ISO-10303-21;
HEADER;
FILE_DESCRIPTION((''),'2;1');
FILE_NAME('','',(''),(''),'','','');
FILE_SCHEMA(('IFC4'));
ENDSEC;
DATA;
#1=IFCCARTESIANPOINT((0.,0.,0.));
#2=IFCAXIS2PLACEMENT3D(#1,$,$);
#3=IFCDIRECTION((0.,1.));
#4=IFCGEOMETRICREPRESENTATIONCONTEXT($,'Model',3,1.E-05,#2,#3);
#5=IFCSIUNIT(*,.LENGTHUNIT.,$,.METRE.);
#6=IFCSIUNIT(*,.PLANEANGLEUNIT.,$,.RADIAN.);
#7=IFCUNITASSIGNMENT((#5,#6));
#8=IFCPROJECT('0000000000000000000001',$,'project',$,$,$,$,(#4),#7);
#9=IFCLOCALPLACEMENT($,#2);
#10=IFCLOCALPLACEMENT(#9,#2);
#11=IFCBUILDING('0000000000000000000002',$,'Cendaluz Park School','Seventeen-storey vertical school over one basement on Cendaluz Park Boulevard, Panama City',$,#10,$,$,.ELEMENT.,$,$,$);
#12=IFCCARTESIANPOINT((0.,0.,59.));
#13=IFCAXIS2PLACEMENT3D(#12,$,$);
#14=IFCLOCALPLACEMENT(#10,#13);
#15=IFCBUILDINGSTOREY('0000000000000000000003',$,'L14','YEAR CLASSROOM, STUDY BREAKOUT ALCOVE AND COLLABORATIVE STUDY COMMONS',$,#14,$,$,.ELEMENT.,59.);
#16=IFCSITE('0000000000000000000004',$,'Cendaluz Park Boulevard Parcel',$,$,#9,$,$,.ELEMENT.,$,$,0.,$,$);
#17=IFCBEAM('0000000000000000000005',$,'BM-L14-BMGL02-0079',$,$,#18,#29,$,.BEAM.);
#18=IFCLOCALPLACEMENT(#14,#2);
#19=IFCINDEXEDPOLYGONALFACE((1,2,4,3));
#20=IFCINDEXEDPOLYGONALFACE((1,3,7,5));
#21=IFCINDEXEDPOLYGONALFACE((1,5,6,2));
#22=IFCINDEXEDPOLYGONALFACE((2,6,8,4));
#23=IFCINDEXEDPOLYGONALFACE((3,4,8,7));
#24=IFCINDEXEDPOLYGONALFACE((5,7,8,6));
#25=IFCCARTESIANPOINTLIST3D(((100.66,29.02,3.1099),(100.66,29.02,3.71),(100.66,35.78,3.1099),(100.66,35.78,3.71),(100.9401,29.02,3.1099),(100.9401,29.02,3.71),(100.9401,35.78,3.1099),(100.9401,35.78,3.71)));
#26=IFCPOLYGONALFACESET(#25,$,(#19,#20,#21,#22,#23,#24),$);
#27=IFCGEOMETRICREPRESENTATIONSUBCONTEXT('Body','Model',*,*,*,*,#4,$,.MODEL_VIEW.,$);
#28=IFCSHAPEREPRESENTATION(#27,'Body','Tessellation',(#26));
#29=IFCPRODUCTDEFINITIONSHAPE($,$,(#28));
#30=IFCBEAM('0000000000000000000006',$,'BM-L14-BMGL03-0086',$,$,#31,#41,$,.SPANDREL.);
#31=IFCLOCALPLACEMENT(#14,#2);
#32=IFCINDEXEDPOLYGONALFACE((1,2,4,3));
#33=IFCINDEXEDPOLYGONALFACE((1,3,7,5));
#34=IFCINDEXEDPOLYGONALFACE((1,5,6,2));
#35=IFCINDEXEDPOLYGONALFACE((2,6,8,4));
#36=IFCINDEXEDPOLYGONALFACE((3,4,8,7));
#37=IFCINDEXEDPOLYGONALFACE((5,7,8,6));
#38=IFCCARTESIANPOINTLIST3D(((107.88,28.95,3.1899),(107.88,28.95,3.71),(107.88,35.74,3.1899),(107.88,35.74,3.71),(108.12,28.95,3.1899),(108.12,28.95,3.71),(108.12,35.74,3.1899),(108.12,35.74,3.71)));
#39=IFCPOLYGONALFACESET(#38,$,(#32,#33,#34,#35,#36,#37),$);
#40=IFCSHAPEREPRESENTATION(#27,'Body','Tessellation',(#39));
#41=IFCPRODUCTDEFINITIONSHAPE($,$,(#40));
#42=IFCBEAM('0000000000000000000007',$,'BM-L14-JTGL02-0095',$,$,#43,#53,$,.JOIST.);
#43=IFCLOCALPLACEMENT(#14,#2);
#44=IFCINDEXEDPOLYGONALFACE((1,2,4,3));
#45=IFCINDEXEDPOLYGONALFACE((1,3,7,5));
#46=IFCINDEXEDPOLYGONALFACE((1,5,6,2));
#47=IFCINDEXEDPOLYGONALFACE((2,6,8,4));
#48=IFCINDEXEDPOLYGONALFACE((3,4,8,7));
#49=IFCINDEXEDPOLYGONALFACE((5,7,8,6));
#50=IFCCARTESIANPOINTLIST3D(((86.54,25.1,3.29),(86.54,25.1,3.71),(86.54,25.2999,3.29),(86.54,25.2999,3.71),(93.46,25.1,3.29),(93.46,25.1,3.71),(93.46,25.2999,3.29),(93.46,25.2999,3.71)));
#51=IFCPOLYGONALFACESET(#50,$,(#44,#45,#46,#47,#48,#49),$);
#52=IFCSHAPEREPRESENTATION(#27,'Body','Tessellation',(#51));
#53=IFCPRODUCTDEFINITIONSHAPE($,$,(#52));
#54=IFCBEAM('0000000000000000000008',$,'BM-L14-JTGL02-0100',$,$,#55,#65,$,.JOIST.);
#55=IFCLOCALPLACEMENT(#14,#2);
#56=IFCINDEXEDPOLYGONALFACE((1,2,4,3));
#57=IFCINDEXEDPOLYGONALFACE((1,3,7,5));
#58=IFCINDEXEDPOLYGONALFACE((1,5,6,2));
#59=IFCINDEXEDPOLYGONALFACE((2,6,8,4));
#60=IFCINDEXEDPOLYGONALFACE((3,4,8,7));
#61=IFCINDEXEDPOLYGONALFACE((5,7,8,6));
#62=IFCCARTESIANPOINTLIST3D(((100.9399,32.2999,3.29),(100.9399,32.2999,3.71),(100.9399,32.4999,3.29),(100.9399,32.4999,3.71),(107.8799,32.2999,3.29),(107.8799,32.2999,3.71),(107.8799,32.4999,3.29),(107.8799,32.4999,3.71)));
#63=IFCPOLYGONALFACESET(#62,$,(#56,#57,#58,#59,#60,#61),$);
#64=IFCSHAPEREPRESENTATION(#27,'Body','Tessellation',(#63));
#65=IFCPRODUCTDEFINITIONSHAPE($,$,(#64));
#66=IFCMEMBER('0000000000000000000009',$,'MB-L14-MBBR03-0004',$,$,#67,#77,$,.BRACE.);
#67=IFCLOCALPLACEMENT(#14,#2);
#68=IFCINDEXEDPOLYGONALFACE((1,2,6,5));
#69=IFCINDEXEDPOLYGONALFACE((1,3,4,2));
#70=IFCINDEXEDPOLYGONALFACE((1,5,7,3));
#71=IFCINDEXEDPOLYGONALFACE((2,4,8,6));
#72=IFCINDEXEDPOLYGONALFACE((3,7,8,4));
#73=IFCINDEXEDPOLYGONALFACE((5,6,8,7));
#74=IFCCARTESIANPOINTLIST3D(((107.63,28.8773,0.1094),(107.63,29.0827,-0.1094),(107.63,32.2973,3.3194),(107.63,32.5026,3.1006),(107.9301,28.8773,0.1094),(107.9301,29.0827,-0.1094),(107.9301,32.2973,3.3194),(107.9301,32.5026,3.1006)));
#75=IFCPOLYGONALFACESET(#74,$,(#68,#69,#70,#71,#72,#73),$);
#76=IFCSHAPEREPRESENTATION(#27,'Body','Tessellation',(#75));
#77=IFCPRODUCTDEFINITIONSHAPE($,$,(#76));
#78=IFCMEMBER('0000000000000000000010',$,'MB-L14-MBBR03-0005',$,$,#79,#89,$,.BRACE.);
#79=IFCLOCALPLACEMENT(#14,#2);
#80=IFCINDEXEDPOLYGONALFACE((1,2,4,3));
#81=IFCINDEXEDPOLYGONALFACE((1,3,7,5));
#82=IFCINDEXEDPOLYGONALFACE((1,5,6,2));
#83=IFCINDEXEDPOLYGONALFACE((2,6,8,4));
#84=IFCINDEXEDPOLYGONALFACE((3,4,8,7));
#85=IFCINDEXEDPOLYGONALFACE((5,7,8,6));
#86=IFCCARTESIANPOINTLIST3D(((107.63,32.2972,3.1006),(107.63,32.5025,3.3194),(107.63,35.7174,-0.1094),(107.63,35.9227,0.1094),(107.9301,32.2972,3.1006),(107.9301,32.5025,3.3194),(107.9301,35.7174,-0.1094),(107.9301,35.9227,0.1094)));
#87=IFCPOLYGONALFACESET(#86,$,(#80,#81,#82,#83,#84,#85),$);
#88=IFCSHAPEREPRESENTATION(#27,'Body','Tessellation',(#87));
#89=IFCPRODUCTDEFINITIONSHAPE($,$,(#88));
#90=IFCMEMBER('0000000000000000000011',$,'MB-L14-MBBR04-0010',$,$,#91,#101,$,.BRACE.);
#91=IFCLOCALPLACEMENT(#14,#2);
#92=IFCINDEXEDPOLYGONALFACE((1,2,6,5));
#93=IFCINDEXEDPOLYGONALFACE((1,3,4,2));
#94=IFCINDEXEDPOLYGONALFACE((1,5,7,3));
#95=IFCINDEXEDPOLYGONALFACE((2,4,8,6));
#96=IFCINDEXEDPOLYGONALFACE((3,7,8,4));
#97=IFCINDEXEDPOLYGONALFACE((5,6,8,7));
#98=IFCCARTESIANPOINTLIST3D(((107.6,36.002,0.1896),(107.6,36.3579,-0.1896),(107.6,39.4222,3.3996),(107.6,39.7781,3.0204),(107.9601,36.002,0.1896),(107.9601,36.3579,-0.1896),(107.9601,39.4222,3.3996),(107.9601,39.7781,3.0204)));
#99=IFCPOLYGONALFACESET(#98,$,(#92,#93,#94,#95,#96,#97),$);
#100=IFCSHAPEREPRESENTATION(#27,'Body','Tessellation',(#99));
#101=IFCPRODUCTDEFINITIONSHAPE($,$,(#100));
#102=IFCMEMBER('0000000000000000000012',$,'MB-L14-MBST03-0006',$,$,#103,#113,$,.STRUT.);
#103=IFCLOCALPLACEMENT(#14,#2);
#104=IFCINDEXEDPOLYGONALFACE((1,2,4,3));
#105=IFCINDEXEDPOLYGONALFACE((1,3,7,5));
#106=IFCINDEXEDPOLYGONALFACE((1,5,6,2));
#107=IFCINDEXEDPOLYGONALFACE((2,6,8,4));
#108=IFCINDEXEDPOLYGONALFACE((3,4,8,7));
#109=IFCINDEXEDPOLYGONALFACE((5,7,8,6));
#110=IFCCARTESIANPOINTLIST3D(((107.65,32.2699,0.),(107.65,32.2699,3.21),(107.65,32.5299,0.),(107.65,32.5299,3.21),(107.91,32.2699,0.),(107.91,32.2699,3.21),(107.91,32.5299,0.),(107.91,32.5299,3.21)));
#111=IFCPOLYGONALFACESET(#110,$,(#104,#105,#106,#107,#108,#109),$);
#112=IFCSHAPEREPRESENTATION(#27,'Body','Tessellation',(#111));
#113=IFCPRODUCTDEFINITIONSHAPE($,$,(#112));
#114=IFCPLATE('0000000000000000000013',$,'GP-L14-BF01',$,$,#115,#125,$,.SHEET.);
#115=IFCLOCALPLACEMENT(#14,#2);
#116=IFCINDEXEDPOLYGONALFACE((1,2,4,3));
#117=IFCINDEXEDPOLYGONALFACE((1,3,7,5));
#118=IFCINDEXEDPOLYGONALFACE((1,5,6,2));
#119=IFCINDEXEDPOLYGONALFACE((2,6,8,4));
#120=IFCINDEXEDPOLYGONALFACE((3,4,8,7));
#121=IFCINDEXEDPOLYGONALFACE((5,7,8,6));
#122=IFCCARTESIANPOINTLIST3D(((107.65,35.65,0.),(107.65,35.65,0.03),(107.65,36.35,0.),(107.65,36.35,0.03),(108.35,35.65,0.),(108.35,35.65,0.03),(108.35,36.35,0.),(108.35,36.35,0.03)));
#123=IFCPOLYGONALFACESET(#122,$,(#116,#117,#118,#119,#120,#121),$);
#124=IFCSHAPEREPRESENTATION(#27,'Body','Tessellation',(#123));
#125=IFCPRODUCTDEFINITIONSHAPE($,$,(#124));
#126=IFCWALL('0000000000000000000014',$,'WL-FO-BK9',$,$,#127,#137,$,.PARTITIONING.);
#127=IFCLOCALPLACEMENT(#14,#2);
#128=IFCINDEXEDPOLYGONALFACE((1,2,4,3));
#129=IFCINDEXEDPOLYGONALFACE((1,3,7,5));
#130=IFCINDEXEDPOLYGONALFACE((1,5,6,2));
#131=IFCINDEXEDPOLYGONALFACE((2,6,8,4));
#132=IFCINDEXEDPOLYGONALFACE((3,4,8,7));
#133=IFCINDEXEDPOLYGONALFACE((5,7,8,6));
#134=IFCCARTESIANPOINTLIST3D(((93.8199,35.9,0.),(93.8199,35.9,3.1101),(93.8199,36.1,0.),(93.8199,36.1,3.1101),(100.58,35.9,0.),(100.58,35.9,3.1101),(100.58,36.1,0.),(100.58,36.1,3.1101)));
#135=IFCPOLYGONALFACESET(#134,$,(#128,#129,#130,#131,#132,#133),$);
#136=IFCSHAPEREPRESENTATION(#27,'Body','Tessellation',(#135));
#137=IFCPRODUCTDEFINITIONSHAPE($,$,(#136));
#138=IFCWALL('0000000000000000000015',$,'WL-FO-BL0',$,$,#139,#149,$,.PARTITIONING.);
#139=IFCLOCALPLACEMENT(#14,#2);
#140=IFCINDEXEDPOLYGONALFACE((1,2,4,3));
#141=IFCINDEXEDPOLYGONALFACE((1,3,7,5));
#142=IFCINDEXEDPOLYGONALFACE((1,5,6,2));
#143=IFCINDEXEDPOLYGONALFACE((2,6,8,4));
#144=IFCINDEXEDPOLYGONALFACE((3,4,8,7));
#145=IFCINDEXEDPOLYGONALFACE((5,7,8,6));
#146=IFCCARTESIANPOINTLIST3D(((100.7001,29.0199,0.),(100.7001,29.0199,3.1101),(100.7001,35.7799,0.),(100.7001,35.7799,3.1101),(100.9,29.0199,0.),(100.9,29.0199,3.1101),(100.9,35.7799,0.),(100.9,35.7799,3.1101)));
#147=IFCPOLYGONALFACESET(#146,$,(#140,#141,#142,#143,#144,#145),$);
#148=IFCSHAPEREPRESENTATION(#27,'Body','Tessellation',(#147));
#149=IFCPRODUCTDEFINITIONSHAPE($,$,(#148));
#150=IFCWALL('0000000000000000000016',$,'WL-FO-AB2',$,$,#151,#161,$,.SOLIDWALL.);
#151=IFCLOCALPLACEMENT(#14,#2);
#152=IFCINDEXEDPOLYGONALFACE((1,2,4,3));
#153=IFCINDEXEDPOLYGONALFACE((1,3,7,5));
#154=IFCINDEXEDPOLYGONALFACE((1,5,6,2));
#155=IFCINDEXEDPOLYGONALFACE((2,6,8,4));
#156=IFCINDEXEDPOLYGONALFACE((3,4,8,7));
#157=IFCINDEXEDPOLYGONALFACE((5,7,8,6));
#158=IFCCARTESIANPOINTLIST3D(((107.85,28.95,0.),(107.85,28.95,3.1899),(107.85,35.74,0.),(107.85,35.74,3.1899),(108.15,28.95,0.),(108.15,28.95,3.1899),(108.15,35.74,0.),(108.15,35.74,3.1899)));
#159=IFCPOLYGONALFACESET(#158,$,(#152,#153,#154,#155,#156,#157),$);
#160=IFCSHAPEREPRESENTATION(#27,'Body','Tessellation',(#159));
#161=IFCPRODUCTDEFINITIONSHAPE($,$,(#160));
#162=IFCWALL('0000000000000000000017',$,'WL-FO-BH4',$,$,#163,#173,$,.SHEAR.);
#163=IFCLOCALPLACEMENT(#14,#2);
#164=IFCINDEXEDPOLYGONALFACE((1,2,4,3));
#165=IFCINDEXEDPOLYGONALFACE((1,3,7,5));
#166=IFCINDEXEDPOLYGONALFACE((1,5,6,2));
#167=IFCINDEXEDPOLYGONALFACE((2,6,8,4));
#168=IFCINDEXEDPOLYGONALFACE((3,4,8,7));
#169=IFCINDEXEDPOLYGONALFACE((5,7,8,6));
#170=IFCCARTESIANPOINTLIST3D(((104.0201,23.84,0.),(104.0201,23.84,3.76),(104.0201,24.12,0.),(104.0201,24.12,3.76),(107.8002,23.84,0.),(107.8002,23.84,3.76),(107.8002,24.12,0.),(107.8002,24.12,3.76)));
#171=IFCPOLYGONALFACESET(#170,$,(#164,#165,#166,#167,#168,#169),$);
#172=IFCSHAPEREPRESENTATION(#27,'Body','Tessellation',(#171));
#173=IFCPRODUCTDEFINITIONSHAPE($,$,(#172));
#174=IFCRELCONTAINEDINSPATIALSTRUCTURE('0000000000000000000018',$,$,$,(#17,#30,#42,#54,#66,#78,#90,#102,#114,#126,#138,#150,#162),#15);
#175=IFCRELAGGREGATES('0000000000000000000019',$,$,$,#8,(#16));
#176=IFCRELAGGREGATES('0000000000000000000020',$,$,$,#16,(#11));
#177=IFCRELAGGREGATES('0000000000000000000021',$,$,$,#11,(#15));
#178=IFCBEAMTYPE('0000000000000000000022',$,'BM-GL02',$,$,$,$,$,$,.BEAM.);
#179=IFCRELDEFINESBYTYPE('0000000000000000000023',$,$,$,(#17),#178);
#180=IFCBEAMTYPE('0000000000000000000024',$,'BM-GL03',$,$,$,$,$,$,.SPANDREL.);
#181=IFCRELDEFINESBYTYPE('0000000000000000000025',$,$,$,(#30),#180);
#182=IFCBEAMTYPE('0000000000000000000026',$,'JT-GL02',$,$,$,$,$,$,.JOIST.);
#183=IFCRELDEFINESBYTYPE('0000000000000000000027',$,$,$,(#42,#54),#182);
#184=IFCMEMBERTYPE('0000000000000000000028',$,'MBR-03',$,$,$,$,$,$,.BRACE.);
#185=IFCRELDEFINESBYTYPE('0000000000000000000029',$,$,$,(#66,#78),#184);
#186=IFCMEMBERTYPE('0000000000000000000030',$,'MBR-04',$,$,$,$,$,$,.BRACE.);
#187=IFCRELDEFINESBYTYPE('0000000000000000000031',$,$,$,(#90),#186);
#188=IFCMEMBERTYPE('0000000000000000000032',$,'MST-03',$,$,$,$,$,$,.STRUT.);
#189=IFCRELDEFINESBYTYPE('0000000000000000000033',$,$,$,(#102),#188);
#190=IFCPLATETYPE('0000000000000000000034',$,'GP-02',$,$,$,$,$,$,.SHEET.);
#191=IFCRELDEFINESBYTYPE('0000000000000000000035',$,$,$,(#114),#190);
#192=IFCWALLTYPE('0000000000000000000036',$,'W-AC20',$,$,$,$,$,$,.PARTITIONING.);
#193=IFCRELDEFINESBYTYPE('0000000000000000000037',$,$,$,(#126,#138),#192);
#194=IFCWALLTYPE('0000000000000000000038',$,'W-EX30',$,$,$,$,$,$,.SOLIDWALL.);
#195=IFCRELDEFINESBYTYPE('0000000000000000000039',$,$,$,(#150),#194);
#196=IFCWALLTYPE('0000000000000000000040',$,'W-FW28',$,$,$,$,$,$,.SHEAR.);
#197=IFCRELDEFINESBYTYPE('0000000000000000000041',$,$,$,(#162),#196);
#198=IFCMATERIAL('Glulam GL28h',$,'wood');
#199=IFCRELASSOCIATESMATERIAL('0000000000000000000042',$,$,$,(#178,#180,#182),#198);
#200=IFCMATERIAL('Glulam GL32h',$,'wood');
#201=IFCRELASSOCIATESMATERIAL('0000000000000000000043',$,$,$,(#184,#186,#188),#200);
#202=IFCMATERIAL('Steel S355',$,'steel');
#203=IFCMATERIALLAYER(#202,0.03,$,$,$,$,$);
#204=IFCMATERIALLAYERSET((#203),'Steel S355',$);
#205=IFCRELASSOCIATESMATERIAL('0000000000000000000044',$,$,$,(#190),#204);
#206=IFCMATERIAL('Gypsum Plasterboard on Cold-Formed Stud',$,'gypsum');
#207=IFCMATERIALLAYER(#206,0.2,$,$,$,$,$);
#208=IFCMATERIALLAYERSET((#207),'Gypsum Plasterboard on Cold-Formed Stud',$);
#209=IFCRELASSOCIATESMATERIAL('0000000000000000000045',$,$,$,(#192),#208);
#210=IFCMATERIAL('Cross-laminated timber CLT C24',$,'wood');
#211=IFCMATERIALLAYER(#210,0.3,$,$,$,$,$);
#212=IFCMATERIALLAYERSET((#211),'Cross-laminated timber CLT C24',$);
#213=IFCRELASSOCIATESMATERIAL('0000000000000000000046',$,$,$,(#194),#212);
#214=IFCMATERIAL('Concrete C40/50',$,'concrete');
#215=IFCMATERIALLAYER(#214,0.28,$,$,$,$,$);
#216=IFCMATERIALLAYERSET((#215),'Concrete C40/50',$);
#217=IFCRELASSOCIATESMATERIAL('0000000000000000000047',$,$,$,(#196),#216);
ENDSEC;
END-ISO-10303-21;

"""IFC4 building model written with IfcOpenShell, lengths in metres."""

from ifc_helpers import new_model, si_unit, direction, frame, frame_2d, origin, origin_2d, place, context, subcontext, project, spatial, rectangle, extrude, material, layer, layer_set, material_profile, profile_set, type_object, element, save


model = new_model("IFC4")

# Units and contexts
model_context = context("Model", 3, precision=1e-05, world=origin(), true_north=direction((0.0, 1.0)))
body_context = subcontext(model_context, "Body", "Model", "MODEL_VIEW")
ifc_project = project(units=[si_unit("LENGTHUNIT", "METRE"), si_unit("PLANEANGLEUNIT", "RADIAN")], contexts=[model_context])

# Site, building, storey
site_placement = place(None, origin())
site = spatial("IfcSite", under=ifc_project, at=site_placement, Name="Cendaluz Park Boulevard Parcel", CompositionType="ELEMENT", RefElevation=0.0)
building_placement = place(site_placement, origin())
building = spatial("IfcBuilding", under=site, at=building_placement, Name="Cendaluz Park School", Description="Seventeen-storey vertical school over one basement on Cendaluz Park Boulevard, Panama City", CompositionType="ELEMENT")
storey_placement = place(building_placement, frame((0.0, 0.0, 59.0)))
storey = spatial("IfcBuildingStorey", under=building, at=storey_placement, Name="L14", Description="YEAR CLASSROOM, STUDY BREAKOUT ALCOVE AND COLLABORATIVE STUDY COMMONS", CompositionType="ELEMENT", Elevation=59.0)

# Shared definitions
ifc_material_1 = material(Name="Glulam GL32h", Category="wood")

# Beams
ifc_material_2 = material(Name="Glulam GL28h", Category="wood")
ifc_material_profile_1 = material_profile(ifc_material_2, rectangle(XDim=0.28, YDim=0.6001, at=origin_2d()), Name="GL28h 280x600", Category="wood")
ifc_profile_set_1 = profile_set([ifc_material_profile_1], Name="Glulam GL28h")
beam_type_1 = type_object("IfcBeamType", Name="BM-GL02", PredefinedType="BEAM", material=ifc_profile_set_1)
for number, where, z_axis, x_axis, name in (
    (1, (100.8, 29.02, 3.4099), (0.0, 1.0, 0.0), (-1.0, 0.0, 0.0), "BM-L14-BMGL02-0079"),
):
    element("IfcBeam", number, at=place(storey_placement, frame(where, z_axis=z_axis, x_axis=x_axis)), inside=storey, type_object=beam_type_1, Name=name, PredefinedType="BEAM", context=body_context, shape_type="SweptSolid", body=[
        extrude(rectangle(XDim=0.28, YDim=0.6001, at=origin_2d()), origin(), (0.0, 0.0, 1.0), 6.76),
    ])
ifc_material_profile_2 = material_profile(ifc_material_2, rectangle(XDim=0.24, YDim=0.52, at=origin_2d()), Name="GL28h 240x520", Category="wood")
ifc_profile_set_2 = profile_set([ifc_material_profile_2], Name="Glulam GL28h")
beam_type_2 = type_object("IfcBeamType", Name="BM-GL03", PredefinedType="SPANDREL", material=ifc_profile_set_2)
beam_1_placement = place(storey_placement, frame((108.0, 28.95, 3.45), z_axis=(0.0, 1.0, 0.0), x_axis=(-1.0, 0.0, 0.0)))
element("IfcBeam", 2, at=beam_1_placement, inside=storey, type_object=beam_type_2, Name="BM-L14-BMGL03-0086", PredefinedType="SPANDREL", context=body_context, shape_type="SweptSolid", body=[
    extrude(rectangle(XDim=0.24, YDim=0.52, at=origin_2d()), origin(), (0.0, 0.0, 1.0), 6.79),
])
ifc_material_profile_3 = material_profile(ifc_material_2, rectangle(XDim=0.2, YDim=0.4199, at=origin_2d()), Name="GL28h 200x420", Category="wood")
ifc_profile_set_3 = profile_set([ifc_material_profile_3], Name="Glulam GL28h")
beam_type_3 = type_object("IfcBeamType", Name="JT-GL02", PredefinedType="JOIST", material=ifc_profile_set_3)
beam_2_placement = place(storey_placement, frame((86.54, 25.2, 3.5), z_axis=(1.0, 0.0, 0.0), x_axis=(0.0, 1.0, 0.0)))
element("IfcBeam", 3, at=beam_2_placement, inside=storey, type_object=beam_type_3, Name="BM-L14-JTGL02-0095", PredefinedType="JOIST", context=body_context, shape_type="SweptSolid", body=[
    extrude(rectangle(XDim=0.2, YDim=0.4199, at=origin_2d()), origin(), (0.0, 0.0, 1.0), 6.9199),
])
beam_3_placement = place(storey_placement, frame((100.9399, 32.3999, 3.5), z_axis=(1.0, 0.0, 0.0), x_axis=(0.0, 1.0, 0.0)))
element("IfcBeam", 4, at=beam_3_placement, inside=storey, type_object=beam_type_3, Name="BM-L14-JTGL02-0100", PredefinedType="JOIST", context=body_context, shape_type="SweptSolid", body=[
    extrude(rectangle(XDim=0.2, YDim=0.4199, at=origin_2d()), origin(), (0.0, 0.0, 1.0), 6.9399),
])

# Members
ifc_material_profile_4 = material_profile(ifc_material_1, rectangle(XDim=0.3, YDim=0.3, at=origin_2d()), Name="GL32h 300x300", Category="wood")
ifc_profile_set_4 = profile_set([ifc_material_profile_4], Name="Glulam GL32h")
member_type_1 = type_object("IfcMemberType", Name="MBR-03", PredefinedType="BRACE", material=ifc_profile_set_4)
member_1_placement = place(storey_placement, frame((107.78, 28.98, 0.0), z_axis=(0.0, 0.729135, 0.68437), x_axis=(-1.0, 0.0, 0.0)))
element("IfcMember", 5, at=member_1_placement, inside=storey, type_object=member_type_1, Name="MB-L14-MBBR03-0004", PredefinedType="BRACE", context=body_context, shape_type="SweptSolid", body=[
    extrude(rectangle(XDim=0.3, YDim=0.3, at=origin_2d()), origin(), (0.0, 0.0, 1.0), 4.6904),
])
member_2_placement = place(storey_placement, frame((107.78, 35.8201, 0.0), z_axis=(0.0, -0.729159, 0.684344), x_axis=(1.0, 0.0, 0.0)))
element("IfcMember", 6, at=member_2_placement, inside=storey, type_object=member_type_1, Name="MB-L14-MBBR03-0005", PredefinedType="BRACE", context=body_context, shape_type="SweptSolid", body=[
    extrude(rectangle(XDim=0.3, YDim=0.3, at=origin_2d()), origin(), (0.0, 0.0, 1.0), 4.6907),
])
ifc_material_profile_5 = material_profile(ifc_material_1, rectangle(XDim=0.3601, YDim=0.52, at=origin_2d()), Name="GL32h 360x520", Category="wood")
ifc_profile_set_5 = profile_set([ifc_material_profile_5], Name="Glulam GL32h")
member_type_2 = type_object("IfcMemberType", Name="MBR-04", PredefinedType="BRACE", material=ifc_profile_set_5)
member_3_placement = place(storey_placement, frame((107.78, 36.1799, 0.0), z_axis=(0.0, 0.729159, 0.684344), x_axis=(-1.0, 0.0, 0.0)))
element("IfcMember", 7, at=member_3_placement, inside=storey, type_object=member_type_2, Name="MB-L14-MBBR04-0010", PredefinedType="BRACE", context=body_context, shape_type="SweptSolid", body=[
    extrude(rectangle(XDim=0.3601, YDim=0.52, at=origin_2d()), origin(), (0.0, 0.0, 1.0), 4.6907),
])
ifc_material_profile_6 = material_profile(ifc_material_1, rectangle(XDim=0.26, YDim=0.26, at=origin_2d()), Name="GL32h 260x260", Category="wood")
ifc_profile_set_6 = profile_set([ifc_material_profile_6], Name="Glulam GL32h")
member_type_3 = type_object("IfcMemberType", Name="MST-03", PredefinedType="STRUT", material=ifc_profile_set_6)
member_4_placement = place(storey_placement, frame((107.78, 32.3999, 0.0), z_axis=(0.0, 0.0, 1.0), x_axis=(1.0, 0.0, 0.0)))
element("IfcMember", 8, at=member_4_placement, inside=storey, type_object=member_type_3, Name="MB-L14-MBST03-0006", PredefinedType="STRUT", context=body_context, shape_type="SweptSolid", body=[
    extrude(rectangle(XDim=0.26, YDim=0.26, at=origin_2d()), origin(), (0.0, 0.0, 1.0), 3.21),
])

# Plate
ifc_material_3 = material(Name="Steel S355", Category="steel")
ifc_layer_1 = layer(ifc_material_3, 0.03)
ifc_layer_set_1 = layer_set([ifc_layer_1], Name="Steel S355")
plate_type = type_object("IfcPlateType", Name="GP-02", PredefinedType="SHEET", material=ifc_layer_set_1)
plate_placement = place(storey_placement, frame((108.0, 36.0, 0.0), z_axis=(0.0, 0.0, 1.0), x_axis=(1.0, 0.0, 0.0)))
element("IfcPlate", 9, at=plate_placement, inside=storey, type_object=plate_type, Name="GP-L14-BF01", PredefinedType="SHEET", context=body_context, shape_type="SweptSolid", body=[
    extrude(rectangle(XDim=0.7, YDim=0.7, at=origin_2d()), origin(), (0.0, 0.0, 1.0), 0.03),
])

# Walls
ifc_material_4 = material(Name="Gypsum Plasterboard on Cold-Formed Stud", Category="gypsum")
ifc_layer_2 = layer(ifc_material_4, 0.2)
ifc_layer_set_2 = layer_set([ifc_layer_2], Name="Gypsum Plasterboard on Cold-Formed Stud")
wall_type_1 = type_object("IfcWallType", Name="W-AC20", PredefinedType="PARTITIONING", material=ifc_layer_set_2)
for number, where, z_axis, x_axis, name in (
    (10, (93.8201, 36.0, 0.0), (0.0, 0.0, 1.0), (1.0, 0.0, 0.0), "WL-FO-BK9"),
    (11, (100.8, 29.02, 0.0), (0.0, 0.0, 1.0), (0.0, 1.0, 0.0), "WL-FO-BL0"),
):
    element("IfcWall", number, at=place(storey_placement, frame(where, z_axis=z_axis, x_axis=x_axis)), inside=storey, type_object=wall_type_1, Name=name, PredefinedType="PARTITIONING", context=body_context, shape_type="SweptSolid", body=[
        extrude(rectangle(XDim=6.76, YDim=0.2, at=frame_2d((3.3799, 0.0))), origin(), (0.0, 0.0, 1.0), 3.1101),
    ])
ifc_material_5 = material(Name="Cross-laminated timber CLT C24", Category="wood")
ifc_layer_3 = layer(ifc_material_5, 0.3)
ifc_layer_set_3 = layer_set([ifc_layer_3], Name="Cross-laminated timber CLT C24")
wall_type_2 = type_object("IfcWallType", Name="W-EX30", PredefinedType="SOLIDWALL", material=ifc_layer_set_3)
wall_1_placement = place(storey_placement, frame((108.0, 28.95, 0.0), z_axis=(0.0, 0.0, 1.0), x_axis=(0.0, 1.0, 0.0)))
element("IfcWall", 12, at=wall_1_placement, inside=storey, type_object=wall_type_2, Name="WL-FO-AB2", PredefinedType="SOLIDWALL", context=body_context, shape_type="SweptSolid", body=[
    extrude(rectangle(XDim=6.79, YDim=0.3, at=frame_2d((3.395, 0.0))), origin(), (0.0, 0.0, 1.0), 3.1899),
])
ifc_material_6 = material(Name="Concrete C40/50", Category="concrete")
ifc_layer_4 = layer(ifc_material_6, 0.28)
ifc_layer_set_4 = layer_set([ifc_layer_4], Name="Concrete C40/50")
wall_type_3 = type_object("IfcWallType", Name="W-FW28", PredefinedType="SHEAR", material=ifc_layer_set_4)
wall_2_placement = place(storey_placement, frame((104.02, 23.98, 0.0), z_axis=(0.0, 0.0, 1.0), x_axis=(1.0, 0.0, 0.0)))
element("IfcWall", 13, at=wall_2_placement, inside=storey, type_object=wall_type_3, Name="WL-FO-BH4", PredefinedType="SHEAR", context=body_context, shape_type="SweptSolid", body=[
    extrude(rectangle(XDim=3.78, YDim=0.28, at=frame_2d((1.8901, 0.0))), origin(), (0.0, 0.0, 1.0), 3.76),
])

save(model, "model.ifc")
